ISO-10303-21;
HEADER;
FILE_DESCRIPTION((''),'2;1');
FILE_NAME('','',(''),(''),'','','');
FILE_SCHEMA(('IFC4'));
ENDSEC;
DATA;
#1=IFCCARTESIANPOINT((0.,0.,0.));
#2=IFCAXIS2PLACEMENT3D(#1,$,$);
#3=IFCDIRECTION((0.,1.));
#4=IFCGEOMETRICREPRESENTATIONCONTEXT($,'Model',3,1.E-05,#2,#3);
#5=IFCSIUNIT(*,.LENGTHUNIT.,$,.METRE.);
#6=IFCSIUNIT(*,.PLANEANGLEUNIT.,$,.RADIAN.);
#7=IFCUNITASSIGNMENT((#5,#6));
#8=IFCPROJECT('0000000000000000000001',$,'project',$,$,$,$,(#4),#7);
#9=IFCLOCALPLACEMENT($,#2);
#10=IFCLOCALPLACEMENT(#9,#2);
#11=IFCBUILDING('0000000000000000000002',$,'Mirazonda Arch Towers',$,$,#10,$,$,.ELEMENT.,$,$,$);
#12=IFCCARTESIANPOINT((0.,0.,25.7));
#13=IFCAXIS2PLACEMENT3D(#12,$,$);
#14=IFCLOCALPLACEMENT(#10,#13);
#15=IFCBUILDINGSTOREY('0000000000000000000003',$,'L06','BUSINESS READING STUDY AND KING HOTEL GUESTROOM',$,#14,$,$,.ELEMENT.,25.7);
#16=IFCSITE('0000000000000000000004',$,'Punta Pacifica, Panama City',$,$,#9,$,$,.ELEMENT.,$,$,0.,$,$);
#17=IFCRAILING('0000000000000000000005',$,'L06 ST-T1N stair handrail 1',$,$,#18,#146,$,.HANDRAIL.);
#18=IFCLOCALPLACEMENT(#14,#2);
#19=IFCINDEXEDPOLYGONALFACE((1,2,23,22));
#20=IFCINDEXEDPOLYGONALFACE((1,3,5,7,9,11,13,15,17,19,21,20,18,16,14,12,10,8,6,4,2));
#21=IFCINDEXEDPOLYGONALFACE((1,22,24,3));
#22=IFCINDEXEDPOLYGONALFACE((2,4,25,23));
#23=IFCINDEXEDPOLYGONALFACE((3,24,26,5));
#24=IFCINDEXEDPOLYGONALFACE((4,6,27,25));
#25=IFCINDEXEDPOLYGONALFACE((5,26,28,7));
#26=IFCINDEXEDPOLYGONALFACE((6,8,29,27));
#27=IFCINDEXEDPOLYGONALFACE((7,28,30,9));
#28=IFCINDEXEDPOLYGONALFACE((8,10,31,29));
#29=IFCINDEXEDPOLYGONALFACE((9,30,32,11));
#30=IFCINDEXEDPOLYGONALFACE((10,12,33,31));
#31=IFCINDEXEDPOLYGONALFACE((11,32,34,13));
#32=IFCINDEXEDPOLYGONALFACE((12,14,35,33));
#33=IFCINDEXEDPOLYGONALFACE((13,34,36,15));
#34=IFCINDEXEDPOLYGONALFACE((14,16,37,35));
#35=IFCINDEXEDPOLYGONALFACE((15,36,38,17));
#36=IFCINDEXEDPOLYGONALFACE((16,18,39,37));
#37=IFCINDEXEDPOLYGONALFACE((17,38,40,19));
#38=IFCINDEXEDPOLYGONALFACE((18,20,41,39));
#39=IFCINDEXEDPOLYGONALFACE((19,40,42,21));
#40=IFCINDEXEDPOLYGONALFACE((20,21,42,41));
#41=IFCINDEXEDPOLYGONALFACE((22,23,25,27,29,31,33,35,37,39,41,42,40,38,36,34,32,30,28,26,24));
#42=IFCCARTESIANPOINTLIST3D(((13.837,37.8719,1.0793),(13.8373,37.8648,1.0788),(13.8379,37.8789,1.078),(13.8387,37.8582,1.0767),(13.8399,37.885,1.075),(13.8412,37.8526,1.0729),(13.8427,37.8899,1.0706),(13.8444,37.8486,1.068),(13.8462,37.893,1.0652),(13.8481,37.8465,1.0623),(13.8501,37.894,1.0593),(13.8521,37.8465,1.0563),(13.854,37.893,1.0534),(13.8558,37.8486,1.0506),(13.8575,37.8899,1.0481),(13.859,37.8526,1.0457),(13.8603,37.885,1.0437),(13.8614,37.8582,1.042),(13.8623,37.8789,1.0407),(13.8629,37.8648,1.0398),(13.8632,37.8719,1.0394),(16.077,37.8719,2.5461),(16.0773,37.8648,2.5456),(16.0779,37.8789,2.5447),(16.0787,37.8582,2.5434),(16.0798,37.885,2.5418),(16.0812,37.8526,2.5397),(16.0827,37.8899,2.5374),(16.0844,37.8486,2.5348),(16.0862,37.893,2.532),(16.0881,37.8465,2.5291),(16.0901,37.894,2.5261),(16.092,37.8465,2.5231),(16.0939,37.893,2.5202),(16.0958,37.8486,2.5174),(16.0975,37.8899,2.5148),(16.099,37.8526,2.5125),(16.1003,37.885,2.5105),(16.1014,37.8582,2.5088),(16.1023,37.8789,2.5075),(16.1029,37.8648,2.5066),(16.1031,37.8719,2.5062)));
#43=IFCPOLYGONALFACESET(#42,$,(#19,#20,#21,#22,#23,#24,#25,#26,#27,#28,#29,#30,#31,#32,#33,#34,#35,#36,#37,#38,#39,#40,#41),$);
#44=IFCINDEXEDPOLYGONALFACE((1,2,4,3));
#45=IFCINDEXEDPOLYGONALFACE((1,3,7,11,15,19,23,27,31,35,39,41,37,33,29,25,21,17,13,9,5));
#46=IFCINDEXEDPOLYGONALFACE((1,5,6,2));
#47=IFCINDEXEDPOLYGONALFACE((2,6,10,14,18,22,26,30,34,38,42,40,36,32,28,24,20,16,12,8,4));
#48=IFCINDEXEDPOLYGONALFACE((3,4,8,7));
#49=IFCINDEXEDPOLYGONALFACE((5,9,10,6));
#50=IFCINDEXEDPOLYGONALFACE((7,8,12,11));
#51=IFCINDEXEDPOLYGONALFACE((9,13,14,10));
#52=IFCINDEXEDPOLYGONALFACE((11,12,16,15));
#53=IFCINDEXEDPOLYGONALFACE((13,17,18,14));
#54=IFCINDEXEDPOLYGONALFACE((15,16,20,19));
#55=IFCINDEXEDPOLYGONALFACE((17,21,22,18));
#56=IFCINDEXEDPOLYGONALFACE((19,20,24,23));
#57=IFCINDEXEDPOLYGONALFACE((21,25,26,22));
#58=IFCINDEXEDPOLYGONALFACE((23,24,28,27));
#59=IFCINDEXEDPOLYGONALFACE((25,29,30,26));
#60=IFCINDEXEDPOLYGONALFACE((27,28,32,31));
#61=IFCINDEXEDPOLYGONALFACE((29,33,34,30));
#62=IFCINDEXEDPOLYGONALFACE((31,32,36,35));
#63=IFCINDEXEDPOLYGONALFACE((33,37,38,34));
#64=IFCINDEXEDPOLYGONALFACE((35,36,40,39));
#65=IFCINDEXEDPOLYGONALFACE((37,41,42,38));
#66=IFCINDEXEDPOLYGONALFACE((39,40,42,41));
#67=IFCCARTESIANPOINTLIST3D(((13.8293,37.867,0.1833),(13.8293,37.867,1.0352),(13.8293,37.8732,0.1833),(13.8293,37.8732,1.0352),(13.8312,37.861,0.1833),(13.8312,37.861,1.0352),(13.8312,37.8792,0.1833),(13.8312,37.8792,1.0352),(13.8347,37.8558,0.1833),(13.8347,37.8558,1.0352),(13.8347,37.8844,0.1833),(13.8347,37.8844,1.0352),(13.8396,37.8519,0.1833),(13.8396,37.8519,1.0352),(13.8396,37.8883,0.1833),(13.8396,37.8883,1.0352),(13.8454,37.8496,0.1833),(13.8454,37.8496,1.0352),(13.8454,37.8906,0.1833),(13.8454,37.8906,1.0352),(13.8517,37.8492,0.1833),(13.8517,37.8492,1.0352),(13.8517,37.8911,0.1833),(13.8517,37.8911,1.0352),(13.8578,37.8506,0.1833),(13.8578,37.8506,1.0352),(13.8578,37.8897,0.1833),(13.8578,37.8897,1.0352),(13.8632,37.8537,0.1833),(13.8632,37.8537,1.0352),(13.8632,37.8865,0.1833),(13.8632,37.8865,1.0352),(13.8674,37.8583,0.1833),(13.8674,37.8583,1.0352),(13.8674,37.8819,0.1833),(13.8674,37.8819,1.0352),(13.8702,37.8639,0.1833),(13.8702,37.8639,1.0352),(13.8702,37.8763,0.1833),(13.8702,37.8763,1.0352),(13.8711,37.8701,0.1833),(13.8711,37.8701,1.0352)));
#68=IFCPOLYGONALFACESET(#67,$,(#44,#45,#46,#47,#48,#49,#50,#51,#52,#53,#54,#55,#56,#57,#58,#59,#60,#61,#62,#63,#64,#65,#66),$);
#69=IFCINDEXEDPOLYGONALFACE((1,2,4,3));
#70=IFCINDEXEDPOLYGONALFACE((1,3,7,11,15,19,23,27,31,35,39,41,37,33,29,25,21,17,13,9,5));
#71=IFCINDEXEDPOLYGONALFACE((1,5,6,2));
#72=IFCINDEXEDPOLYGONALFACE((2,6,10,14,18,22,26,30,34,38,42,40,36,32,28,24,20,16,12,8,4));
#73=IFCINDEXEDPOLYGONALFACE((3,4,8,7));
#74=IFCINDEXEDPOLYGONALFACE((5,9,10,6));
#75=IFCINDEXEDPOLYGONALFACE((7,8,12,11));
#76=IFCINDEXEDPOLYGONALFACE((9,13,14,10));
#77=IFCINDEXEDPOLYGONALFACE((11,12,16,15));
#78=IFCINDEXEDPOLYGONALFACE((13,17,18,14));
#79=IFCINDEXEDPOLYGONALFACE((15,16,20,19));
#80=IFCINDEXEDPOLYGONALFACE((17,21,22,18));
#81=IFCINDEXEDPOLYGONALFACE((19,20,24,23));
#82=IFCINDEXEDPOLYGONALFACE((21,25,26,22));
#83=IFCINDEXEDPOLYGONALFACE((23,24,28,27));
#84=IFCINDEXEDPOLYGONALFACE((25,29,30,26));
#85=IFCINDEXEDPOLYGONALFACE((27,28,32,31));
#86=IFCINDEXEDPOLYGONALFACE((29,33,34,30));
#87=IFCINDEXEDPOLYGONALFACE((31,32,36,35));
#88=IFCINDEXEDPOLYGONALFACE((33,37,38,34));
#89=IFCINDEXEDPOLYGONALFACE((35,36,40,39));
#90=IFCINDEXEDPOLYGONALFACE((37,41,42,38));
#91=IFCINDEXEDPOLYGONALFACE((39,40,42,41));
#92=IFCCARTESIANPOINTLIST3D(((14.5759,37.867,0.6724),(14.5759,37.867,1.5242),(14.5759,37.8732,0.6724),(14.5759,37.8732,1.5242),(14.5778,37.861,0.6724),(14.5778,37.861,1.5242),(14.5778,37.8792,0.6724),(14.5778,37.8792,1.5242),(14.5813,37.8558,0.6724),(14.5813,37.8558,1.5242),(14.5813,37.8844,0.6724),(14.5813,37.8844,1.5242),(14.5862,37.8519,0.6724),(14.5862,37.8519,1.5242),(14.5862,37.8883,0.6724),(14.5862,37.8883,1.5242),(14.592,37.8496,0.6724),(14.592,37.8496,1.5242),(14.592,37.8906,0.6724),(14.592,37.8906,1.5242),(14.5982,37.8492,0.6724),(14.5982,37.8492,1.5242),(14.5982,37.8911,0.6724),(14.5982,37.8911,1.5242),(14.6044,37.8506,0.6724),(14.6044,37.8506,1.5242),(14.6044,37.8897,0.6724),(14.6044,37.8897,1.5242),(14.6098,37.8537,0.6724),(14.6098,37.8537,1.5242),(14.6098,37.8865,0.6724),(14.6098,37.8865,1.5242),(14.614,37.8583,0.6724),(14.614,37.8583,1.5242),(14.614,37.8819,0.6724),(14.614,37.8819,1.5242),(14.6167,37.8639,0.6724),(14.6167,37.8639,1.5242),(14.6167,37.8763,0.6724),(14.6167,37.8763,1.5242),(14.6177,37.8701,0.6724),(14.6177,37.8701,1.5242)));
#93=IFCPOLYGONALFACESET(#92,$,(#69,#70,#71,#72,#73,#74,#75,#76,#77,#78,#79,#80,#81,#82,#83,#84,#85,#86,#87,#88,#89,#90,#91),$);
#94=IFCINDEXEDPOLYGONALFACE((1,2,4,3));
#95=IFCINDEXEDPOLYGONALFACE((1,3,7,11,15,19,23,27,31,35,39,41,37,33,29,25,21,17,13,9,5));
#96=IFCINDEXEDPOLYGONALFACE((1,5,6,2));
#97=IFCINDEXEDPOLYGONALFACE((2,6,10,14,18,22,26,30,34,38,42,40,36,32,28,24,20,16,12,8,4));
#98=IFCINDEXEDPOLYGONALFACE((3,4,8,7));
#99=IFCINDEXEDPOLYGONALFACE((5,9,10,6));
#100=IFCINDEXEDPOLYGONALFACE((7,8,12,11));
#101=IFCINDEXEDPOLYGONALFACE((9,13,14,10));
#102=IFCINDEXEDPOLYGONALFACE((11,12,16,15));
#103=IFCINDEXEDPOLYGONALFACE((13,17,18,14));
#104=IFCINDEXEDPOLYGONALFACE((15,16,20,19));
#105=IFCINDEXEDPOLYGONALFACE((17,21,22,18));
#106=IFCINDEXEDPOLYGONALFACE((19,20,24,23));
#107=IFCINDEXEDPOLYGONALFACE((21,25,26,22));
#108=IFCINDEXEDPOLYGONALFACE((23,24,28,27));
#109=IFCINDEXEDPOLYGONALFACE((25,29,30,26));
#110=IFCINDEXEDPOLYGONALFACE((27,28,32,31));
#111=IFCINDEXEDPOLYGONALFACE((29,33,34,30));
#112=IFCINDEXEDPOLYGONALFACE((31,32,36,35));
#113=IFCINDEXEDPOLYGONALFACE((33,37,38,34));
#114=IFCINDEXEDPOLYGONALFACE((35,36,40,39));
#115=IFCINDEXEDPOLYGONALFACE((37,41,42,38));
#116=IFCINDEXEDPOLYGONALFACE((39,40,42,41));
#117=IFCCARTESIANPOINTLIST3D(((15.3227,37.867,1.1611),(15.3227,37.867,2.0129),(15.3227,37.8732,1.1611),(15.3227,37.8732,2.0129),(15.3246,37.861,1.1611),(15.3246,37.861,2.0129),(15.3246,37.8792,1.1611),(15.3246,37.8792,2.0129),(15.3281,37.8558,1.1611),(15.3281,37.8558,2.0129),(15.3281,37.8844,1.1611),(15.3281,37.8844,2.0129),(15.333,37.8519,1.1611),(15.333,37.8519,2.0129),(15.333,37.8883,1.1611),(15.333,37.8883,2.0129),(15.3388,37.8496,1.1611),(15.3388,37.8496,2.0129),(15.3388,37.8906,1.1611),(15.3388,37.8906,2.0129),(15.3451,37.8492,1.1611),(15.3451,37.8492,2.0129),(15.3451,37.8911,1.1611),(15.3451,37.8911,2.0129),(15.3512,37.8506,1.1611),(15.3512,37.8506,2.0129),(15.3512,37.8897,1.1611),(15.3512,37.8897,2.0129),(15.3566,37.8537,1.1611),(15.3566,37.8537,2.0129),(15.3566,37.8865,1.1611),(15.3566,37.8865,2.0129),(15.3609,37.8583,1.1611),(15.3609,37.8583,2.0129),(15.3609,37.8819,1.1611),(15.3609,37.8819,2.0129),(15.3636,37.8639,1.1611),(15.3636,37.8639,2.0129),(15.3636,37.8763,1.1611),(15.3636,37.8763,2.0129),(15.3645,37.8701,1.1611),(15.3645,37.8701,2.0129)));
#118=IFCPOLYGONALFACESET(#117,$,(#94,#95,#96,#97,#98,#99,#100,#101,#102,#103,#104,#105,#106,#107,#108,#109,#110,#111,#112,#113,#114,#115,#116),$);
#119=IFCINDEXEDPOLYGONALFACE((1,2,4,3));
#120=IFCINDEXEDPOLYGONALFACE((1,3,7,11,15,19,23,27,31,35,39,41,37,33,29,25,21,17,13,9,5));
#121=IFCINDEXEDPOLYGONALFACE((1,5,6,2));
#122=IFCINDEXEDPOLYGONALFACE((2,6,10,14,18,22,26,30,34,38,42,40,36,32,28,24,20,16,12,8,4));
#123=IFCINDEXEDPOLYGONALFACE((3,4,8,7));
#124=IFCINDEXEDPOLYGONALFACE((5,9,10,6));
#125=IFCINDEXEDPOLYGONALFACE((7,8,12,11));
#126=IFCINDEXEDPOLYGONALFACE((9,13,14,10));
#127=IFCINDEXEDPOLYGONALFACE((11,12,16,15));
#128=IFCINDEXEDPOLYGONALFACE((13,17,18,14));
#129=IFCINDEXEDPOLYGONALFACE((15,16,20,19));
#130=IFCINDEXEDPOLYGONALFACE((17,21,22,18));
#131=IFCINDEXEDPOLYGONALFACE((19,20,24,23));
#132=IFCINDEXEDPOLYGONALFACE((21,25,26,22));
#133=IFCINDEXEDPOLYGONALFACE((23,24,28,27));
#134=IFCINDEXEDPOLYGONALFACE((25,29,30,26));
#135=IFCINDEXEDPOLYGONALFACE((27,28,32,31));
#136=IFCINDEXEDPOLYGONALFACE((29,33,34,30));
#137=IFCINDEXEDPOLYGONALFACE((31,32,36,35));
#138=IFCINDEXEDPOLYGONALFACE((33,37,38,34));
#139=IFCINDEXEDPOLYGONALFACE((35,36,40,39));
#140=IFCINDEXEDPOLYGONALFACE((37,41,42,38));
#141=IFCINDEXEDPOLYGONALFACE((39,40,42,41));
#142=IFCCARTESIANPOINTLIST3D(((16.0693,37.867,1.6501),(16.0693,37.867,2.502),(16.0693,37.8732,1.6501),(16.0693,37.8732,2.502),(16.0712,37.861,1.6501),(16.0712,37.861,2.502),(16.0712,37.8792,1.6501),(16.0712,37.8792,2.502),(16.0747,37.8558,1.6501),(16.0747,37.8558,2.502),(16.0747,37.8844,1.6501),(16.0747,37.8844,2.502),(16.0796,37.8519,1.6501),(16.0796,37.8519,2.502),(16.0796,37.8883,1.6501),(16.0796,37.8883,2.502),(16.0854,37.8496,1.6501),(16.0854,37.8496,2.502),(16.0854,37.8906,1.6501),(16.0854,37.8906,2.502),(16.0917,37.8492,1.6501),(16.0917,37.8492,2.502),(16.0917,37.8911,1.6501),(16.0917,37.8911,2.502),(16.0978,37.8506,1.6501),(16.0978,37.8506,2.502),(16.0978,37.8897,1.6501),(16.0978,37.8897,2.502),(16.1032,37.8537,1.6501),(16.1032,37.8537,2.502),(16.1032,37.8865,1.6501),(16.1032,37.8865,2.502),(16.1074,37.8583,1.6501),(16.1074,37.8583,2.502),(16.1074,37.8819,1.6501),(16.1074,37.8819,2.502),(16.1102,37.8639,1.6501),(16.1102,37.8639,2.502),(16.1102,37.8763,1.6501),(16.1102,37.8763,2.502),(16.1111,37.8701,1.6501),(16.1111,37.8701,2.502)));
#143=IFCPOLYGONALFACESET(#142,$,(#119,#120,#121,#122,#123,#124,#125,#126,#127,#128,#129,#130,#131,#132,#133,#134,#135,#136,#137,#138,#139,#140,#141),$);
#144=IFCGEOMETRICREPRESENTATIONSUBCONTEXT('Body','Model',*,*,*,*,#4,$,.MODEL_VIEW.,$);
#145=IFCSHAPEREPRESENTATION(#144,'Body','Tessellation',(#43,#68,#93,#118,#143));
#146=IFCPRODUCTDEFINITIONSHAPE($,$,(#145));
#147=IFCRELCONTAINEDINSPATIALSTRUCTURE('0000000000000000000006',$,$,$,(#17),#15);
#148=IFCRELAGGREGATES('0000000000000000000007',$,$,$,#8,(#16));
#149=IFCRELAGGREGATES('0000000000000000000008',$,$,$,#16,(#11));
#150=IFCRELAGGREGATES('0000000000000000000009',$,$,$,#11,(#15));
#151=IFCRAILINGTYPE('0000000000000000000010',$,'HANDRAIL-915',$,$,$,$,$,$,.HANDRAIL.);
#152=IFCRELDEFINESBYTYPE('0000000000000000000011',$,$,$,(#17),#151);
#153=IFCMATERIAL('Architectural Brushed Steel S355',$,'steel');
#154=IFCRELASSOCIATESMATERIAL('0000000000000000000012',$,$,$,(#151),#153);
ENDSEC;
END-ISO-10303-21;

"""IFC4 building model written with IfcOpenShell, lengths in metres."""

from ifc_helpers import new_model, si_unit, direction, frame, origin, origin_2d, place, context, subcontext, project, spatial, circle, extrude, material, type_object, element, save


model = new_model("IFC4")

# Units and contexts
model_context = context("Model", 3, precision=1e-05, world=origin(), true_north=direction((0.0, 1.0)))
body_context = subcontext(model_context, "Body", "Model", "MODEL_VIEW")
ifc_project = project(units=[si_unit("LENGTHUNIT", "METRE"), si_unit("PLANEANGLEUNIT", "RADIAN")], contexts=[model_context])

# Site, building, storey
site_placement = place(None, origin())
site = spatial("IfcSite", under=ifc_project, at=site_placement, Name="Punta Pacifica, Panama City", CompositionType="ELEMENT", RefElevation=0.0)
building_placement = place(site_placement, origin())
building = spatial("IfcBuilding", under=site, at=building_placement, Name="Mirazonda Arch Towers", CompositionType="ELEMENT")
storey_placement = place(building_placement, frame((0.0, 0.0, 25.7)))
storey = spatial("IfcBuildingStorey", under=building, at=storey_placement, Name="L06", Description="BUSINESS READING STUDY AND KING HOTEL GUESTROOM", CompositionType="ELEMENT", Elevation=25.7)

# Shared definitions
ifc_material_1 = material(Name="Architectural Brushed Steel S355", Category="steel")

# Railing
railing_type_1 = type_object("IfcRailingType", Name="HANDRAIL-915", PredefinedType="HANDRAIL", material=ifc_material_1)
railing_1_placement = place(storey_placement, frame((13.8501, 37.8701, 0.1833)))
element("IfcRailing", 1, at=railing_1_placement, inside=storey, type_object=railing_type_1, Name="L06 ST-T1N stair handrail 1", PredefinedType="HANDRAIL", context=body_context, shape_type="SweptSolid", body=[
    extrude(circle(Radius=0.0239, at=origin_2d()), frame((0.0, 0.0, 0.876), z_axis=(0.836595, 0.0, 0.547822), x_axis=(0.0, 1.0, 0.0)), (0.0, 0.0, 1.0), 2.6775),
    extrude(circle(Radius=0.021, at=origin_2d()), origin(), (0.0, 0.0, 1.0), 0.8518),
    extrude(circle(Radius=0.021, at=origin_2d()), frame((0.7466, 0.0, 0.489)), (0.0, 0.0, 1.0), 0.8518),
    extrude(circle(Radius=0.021, at=origin_2d()), frame((1.4934, 0.0, 0.9778)), (0.0, 0.0, 1.0), 0.8518),
    extrude(circle(Radius=0.021, at=origin_2d()), frame((2.24, 0.0, 1.4668)), (0.0, 0.0, 1.0), 0.8518),
])

save(model, "model.ifc")
